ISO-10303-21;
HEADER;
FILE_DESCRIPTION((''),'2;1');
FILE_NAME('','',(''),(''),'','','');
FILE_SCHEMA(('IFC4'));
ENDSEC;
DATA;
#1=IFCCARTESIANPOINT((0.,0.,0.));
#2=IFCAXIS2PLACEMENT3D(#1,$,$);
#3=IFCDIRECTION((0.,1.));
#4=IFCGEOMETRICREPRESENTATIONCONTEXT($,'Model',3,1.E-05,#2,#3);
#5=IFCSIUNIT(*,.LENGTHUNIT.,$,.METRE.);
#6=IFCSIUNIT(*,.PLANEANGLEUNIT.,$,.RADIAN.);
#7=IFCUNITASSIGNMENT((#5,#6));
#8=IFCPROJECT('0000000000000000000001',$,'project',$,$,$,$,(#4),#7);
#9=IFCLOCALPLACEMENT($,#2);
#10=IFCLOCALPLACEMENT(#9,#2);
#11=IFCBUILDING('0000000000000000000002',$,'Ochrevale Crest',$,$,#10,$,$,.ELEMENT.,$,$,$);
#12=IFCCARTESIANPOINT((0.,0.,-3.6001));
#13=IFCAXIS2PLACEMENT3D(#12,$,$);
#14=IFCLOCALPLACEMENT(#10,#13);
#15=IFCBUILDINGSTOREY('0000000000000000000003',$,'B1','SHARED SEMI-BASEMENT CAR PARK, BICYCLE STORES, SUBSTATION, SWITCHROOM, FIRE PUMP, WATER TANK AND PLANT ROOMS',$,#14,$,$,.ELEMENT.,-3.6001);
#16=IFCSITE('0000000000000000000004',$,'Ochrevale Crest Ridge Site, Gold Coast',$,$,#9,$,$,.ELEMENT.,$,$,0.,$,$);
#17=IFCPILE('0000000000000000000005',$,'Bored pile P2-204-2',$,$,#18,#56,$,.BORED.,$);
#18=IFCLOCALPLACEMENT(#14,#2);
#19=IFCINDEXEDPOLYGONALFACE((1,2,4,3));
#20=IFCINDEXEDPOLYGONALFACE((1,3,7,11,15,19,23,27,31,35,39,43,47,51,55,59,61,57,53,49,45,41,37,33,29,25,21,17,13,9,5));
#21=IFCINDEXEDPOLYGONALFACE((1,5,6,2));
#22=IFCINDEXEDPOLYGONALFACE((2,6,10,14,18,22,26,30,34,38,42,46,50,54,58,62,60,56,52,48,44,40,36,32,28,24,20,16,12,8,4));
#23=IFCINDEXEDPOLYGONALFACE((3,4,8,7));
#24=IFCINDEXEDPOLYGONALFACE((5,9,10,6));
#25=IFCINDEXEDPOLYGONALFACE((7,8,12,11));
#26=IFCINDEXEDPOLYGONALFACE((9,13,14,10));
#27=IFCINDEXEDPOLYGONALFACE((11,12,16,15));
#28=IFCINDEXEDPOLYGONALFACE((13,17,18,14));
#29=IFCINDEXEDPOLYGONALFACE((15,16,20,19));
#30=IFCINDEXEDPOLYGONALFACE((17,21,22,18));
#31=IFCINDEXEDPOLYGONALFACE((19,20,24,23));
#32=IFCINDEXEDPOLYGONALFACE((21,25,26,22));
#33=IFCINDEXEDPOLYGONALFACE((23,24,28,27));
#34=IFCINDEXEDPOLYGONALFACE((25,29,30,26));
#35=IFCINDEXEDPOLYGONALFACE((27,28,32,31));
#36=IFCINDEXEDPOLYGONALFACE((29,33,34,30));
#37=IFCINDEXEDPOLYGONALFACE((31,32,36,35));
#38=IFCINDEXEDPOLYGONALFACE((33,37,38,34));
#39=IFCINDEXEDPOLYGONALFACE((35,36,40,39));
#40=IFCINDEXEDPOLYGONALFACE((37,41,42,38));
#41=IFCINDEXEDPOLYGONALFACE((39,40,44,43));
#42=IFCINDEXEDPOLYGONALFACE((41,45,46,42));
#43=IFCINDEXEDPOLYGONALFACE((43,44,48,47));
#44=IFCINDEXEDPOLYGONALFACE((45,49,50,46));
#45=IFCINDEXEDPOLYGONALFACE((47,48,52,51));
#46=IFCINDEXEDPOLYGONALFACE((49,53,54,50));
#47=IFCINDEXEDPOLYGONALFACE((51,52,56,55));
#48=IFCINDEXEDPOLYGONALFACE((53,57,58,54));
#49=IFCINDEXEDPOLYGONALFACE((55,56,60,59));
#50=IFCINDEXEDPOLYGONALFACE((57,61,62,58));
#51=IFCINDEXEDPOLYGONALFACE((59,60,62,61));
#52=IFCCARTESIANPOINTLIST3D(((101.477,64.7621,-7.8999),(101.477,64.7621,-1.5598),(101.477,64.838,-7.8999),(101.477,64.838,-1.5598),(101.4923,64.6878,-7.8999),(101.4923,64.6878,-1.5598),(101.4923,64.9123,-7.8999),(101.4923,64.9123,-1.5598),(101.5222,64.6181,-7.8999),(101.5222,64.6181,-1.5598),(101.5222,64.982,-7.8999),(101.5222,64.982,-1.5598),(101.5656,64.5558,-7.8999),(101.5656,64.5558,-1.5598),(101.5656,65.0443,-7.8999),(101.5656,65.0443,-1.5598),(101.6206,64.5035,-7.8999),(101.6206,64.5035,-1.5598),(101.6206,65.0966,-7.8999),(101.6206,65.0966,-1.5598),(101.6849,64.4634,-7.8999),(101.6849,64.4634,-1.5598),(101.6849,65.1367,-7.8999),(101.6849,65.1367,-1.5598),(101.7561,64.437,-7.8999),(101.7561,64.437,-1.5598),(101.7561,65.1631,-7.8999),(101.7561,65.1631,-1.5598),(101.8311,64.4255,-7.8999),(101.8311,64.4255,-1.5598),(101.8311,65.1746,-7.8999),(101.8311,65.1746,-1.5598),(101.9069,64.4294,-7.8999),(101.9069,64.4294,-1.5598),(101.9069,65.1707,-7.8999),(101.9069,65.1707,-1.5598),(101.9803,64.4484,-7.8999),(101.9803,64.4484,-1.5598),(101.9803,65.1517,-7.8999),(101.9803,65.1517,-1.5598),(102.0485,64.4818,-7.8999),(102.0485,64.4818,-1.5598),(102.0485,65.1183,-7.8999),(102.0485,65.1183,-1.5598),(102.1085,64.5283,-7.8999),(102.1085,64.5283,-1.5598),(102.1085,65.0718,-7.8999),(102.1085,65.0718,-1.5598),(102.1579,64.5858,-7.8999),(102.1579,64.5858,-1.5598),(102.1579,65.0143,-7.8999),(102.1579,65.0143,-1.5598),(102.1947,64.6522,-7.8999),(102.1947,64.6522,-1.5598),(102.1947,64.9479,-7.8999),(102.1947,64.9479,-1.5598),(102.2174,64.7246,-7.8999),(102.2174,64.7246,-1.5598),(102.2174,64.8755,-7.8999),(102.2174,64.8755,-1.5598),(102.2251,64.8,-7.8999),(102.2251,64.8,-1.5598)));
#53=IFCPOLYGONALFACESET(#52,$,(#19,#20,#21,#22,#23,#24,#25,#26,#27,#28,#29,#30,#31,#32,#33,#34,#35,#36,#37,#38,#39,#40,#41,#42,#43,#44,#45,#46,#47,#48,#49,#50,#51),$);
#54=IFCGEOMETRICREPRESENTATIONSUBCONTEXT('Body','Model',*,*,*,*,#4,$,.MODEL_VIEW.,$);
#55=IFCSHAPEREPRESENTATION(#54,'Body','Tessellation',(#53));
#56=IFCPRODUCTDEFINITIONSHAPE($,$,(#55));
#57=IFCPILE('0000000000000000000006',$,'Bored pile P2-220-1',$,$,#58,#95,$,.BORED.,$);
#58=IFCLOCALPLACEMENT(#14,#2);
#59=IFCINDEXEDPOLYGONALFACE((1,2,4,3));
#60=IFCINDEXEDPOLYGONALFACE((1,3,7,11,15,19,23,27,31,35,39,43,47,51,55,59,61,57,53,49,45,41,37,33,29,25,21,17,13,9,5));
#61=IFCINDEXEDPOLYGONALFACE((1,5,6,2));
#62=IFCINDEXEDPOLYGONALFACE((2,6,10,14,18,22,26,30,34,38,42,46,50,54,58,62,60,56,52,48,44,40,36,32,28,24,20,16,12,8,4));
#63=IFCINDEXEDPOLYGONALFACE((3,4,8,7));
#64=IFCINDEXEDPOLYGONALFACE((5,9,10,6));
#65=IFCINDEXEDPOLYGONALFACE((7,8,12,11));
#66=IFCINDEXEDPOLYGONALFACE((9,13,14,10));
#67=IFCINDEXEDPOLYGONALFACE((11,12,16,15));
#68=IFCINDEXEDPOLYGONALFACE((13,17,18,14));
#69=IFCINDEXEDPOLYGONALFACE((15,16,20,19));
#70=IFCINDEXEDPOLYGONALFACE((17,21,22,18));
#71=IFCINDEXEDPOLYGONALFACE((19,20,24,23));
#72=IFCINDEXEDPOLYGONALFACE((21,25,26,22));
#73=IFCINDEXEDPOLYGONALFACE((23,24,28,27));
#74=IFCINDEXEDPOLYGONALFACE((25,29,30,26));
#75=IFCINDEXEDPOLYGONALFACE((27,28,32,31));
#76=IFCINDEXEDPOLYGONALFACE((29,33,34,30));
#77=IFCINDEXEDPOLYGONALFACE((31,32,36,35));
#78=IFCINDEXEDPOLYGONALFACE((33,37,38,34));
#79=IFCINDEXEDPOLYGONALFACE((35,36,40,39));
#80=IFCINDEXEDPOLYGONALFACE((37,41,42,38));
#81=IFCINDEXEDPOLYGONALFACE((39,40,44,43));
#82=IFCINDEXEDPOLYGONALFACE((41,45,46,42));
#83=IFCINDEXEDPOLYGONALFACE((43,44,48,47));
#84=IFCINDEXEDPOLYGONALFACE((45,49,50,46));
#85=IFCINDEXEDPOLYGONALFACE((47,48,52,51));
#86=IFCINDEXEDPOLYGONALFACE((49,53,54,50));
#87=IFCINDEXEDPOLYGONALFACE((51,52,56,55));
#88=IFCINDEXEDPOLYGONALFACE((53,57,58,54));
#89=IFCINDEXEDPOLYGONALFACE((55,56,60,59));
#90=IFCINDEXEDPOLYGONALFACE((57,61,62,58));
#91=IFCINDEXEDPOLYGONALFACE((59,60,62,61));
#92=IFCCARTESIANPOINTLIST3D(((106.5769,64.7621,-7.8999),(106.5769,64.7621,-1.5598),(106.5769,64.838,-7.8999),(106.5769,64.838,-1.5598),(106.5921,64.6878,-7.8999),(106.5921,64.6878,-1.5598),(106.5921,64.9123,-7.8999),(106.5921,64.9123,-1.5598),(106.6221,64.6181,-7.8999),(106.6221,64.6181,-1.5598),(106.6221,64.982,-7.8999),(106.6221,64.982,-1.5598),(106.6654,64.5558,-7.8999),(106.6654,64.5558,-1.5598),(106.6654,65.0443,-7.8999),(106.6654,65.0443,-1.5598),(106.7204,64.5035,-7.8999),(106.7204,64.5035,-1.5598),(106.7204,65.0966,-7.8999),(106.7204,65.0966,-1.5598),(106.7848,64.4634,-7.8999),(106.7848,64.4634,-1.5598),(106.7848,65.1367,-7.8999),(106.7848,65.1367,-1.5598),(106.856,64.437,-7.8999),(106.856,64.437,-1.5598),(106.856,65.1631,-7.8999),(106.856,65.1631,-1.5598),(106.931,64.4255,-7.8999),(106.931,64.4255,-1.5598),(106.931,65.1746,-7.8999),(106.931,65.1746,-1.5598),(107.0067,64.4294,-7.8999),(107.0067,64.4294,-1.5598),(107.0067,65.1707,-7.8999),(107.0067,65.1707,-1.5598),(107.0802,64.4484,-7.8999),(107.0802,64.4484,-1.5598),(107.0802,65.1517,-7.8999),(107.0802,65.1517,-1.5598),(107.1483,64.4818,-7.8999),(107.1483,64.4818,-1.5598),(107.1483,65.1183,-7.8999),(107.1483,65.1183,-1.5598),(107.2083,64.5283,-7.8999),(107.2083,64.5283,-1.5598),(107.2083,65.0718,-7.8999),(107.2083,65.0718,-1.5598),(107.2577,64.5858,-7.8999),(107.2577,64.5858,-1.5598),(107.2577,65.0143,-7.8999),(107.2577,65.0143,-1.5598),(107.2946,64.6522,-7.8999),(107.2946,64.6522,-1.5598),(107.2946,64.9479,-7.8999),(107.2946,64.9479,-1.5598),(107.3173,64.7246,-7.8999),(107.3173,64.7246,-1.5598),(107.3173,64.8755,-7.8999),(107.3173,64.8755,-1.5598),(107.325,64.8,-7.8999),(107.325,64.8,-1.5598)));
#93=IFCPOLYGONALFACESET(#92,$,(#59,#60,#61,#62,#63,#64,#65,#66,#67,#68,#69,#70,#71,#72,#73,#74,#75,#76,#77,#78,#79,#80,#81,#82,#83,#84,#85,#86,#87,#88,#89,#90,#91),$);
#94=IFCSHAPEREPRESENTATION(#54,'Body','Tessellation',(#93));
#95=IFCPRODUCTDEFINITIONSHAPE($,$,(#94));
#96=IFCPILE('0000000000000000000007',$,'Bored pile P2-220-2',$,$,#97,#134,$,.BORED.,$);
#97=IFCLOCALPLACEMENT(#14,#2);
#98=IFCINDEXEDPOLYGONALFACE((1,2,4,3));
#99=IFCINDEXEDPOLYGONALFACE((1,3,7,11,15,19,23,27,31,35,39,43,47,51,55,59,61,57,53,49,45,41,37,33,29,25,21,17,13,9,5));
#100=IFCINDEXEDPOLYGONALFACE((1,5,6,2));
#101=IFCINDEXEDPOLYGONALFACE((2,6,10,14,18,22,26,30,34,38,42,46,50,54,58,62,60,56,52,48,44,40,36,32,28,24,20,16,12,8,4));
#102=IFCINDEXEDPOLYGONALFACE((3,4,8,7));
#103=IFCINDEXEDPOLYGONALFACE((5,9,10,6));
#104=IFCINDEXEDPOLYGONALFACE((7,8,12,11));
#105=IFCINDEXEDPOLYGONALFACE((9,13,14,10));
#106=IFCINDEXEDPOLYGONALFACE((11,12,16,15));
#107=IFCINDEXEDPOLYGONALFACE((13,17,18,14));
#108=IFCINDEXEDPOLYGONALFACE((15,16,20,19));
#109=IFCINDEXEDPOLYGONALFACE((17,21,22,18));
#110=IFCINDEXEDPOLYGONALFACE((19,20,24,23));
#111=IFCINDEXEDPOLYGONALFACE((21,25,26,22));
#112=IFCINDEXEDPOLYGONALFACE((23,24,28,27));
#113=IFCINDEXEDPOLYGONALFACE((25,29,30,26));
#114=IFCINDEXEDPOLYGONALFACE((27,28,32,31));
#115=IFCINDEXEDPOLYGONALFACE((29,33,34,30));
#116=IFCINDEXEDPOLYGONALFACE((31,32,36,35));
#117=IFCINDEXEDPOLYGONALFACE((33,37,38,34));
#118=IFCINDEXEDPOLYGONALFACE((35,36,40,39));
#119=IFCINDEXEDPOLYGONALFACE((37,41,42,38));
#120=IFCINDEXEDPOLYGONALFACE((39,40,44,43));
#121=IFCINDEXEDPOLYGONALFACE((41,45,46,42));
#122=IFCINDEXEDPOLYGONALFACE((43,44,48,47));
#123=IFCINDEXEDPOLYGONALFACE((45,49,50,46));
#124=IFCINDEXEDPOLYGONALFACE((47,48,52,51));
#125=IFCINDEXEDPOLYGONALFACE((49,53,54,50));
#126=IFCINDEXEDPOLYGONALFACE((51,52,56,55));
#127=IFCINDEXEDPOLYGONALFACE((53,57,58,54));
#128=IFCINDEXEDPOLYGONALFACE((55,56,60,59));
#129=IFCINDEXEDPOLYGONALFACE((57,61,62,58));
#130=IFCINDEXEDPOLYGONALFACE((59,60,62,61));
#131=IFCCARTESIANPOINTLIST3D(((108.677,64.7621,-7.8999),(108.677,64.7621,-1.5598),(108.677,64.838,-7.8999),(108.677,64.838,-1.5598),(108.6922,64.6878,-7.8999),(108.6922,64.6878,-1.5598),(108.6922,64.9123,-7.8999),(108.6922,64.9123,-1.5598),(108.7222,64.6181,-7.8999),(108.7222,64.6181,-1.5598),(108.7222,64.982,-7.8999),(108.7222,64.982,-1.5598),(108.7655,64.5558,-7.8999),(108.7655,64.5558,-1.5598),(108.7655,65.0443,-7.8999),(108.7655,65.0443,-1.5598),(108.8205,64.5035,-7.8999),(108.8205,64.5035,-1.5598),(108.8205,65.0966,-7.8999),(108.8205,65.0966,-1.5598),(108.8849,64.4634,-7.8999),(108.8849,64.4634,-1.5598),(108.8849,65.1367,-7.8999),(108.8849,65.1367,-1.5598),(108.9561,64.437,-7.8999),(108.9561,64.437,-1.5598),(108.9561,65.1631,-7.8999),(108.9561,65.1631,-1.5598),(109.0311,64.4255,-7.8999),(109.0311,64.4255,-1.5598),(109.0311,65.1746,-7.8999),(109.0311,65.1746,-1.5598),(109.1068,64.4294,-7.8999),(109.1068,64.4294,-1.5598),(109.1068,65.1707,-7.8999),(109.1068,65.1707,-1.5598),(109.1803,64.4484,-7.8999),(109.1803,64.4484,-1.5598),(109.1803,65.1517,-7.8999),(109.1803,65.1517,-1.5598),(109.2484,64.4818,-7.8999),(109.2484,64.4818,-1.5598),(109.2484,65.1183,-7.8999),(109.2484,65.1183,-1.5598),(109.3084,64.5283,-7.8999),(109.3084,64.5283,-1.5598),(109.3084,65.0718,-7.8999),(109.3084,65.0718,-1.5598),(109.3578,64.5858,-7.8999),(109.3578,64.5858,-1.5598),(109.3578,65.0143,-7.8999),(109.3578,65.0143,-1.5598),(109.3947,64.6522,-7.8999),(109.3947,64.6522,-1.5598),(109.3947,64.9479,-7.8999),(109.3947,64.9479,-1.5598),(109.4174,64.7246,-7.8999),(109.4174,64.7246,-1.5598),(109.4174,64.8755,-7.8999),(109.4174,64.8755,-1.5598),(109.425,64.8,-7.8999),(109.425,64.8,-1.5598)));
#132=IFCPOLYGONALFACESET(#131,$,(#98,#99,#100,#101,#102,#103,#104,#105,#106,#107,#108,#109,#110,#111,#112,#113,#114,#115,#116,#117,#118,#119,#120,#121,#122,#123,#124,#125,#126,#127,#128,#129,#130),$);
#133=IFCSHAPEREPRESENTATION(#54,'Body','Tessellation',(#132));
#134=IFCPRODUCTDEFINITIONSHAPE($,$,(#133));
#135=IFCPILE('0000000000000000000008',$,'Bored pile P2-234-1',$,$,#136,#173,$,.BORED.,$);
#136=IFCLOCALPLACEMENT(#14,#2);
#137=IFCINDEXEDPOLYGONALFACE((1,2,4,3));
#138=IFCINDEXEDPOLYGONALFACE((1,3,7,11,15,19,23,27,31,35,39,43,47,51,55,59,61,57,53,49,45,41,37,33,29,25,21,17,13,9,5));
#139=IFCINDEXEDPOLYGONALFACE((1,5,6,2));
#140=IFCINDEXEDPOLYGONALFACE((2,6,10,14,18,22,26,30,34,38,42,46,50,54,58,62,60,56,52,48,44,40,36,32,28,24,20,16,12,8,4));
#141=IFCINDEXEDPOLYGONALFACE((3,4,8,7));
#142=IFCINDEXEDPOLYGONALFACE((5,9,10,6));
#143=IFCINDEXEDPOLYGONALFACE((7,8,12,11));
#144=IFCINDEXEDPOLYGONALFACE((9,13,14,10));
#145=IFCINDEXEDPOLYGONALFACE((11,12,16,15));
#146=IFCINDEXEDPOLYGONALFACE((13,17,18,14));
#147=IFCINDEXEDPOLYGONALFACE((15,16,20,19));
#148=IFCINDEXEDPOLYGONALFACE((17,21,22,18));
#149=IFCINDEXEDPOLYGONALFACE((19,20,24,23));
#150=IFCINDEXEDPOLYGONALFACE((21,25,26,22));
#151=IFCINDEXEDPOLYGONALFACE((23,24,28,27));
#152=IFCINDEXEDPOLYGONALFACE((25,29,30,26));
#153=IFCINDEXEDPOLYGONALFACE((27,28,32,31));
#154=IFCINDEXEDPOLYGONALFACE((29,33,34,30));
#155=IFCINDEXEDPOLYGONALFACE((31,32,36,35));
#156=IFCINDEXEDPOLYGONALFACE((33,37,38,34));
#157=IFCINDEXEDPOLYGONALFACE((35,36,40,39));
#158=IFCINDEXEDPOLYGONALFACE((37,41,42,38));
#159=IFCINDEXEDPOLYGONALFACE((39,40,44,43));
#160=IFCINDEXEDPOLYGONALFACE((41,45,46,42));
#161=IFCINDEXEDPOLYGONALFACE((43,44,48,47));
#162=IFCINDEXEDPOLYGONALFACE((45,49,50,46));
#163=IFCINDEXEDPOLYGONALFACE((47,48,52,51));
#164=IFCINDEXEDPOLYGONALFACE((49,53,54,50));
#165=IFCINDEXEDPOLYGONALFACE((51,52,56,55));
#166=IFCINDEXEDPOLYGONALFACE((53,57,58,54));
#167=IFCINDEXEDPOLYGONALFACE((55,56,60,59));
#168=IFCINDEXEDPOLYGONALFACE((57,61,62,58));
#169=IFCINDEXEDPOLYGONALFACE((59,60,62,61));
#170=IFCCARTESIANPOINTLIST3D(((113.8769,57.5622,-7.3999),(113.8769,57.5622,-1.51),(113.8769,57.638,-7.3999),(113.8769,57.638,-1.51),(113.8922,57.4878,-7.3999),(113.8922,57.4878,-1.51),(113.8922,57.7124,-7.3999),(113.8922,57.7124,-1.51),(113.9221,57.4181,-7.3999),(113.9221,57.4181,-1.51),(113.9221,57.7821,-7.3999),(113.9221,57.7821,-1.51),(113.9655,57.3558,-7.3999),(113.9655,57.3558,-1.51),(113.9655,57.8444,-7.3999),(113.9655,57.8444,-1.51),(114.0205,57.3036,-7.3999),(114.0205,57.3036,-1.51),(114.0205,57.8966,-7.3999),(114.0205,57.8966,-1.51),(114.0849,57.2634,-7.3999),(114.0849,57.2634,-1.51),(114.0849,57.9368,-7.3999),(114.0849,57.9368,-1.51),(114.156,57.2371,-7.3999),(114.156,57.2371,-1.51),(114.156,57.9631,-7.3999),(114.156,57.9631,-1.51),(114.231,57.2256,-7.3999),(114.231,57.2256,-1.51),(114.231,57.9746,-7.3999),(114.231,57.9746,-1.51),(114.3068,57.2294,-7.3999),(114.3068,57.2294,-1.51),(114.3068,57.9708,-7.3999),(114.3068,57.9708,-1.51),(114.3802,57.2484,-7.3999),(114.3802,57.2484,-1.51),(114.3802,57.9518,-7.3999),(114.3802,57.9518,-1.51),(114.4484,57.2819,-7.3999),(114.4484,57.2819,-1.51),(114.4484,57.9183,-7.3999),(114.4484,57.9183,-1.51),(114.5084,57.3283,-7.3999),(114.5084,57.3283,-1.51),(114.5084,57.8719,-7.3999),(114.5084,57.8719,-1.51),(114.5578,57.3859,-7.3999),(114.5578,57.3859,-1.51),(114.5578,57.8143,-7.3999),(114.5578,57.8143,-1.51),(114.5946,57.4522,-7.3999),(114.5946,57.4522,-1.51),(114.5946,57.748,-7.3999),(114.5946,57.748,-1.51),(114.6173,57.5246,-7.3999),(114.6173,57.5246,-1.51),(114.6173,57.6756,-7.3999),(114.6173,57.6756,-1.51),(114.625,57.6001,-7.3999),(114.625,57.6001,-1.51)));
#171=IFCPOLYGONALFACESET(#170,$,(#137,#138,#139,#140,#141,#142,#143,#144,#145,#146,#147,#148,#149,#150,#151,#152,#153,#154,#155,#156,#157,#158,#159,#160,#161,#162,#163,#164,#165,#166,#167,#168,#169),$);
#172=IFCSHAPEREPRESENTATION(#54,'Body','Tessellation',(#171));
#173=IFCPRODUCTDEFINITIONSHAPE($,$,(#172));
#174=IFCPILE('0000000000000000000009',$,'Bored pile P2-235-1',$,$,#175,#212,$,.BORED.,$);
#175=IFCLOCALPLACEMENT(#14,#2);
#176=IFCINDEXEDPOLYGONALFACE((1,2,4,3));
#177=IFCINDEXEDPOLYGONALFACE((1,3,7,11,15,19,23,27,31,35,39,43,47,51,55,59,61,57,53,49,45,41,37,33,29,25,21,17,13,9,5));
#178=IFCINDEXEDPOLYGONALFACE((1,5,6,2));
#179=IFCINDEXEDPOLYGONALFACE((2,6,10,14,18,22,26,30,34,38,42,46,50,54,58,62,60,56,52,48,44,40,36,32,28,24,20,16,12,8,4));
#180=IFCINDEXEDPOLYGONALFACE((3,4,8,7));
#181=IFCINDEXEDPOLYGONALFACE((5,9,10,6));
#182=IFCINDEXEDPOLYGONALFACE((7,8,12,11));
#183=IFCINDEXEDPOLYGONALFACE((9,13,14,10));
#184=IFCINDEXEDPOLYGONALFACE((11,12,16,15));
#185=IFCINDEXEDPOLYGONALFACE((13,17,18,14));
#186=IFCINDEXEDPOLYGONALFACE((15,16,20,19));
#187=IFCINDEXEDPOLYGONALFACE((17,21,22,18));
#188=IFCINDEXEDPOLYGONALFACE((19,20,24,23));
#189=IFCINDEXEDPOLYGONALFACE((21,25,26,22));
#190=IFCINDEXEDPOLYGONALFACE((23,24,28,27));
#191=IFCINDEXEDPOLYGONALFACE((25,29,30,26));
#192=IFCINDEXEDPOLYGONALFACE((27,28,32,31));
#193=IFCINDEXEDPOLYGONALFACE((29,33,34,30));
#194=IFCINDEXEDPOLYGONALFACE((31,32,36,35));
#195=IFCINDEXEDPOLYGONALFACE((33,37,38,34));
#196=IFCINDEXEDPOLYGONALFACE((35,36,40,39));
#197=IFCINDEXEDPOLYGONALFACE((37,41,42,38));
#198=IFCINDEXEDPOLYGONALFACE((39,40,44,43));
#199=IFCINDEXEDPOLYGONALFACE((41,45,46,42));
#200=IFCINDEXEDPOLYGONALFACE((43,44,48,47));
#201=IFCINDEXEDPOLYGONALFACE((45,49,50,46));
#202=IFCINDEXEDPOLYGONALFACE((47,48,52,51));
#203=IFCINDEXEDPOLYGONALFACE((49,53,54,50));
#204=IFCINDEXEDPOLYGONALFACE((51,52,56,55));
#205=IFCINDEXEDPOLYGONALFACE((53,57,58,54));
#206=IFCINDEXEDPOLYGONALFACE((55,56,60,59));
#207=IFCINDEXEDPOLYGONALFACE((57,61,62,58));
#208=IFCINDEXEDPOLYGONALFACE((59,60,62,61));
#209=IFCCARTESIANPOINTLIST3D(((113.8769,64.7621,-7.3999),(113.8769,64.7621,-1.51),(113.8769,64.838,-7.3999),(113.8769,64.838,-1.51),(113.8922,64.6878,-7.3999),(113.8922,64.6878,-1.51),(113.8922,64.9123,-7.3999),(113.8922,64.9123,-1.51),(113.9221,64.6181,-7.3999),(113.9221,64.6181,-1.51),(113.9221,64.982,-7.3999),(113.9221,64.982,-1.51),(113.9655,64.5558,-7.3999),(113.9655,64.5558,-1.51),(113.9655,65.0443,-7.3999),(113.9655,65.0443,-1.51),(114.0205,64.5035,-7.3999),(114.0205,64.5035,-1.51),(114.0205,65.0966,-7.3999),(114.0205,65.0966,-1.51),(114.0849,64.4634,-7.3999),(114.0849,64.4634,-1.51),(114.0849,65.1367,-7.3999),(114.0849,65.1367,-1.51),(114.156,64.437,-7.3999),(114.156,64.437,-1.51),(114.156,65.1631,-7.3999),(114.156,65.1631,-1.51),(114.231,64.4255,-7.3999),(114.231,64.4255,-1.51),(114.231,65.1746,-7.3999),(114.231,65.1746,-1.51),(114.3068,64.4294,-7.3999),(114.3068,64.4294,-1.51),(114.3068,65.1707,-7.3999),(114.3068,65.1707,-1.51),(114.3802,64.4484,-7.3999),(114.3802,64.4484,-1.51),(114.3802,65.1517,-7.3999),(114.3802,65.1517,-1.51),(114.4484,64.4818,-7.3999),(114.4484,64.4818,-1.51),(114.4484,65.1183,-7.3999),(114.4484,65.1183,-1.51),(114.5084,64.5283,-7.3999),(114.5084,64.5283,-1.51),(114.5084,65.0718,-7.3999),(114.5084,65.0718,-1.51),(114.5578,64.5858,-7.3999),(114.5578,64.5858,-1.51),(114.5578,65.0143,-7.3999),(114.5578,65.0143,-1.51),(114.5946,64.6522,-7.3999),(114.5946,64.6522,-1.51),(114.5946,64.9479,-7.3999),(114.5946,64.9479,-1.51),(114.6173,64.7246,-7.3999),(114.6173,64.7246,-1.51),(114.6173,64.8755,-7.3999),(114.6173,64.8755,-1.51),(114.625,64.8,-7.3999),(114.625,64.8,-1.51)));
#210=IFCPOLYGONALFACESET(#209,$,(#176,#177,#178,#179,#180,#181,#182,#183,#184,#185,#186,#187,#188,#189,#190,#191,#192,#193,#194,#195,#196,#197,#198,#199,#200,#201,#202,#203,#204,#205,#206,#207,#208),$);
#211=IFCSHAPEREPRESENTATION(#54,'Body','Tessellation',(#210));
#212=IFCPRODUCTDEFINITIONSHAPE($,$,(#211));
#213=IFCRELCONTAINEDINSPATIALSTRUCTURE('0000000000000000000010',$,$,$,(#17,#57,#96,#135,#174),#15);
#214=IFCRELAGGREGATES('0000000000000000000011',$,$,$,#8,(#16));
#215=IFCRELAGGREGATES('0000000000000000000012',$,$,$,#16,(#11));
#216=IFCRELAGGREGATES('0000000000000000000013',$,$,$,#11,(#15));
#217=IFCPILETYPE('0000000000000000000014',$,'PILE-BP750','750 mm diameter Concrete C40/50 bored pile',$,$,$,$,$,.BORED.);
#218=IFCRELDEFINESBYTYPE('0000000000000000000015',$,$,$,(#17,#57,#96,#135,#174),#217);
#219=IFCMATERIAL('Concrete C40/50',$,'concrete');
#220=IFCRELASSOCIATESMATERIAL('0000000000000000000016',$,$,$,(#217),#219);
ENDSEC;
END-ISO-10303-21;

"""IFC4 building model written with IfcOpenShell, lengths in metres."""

from ifc_helpers import new_model, si_unit, direction, frame, origin, origin_2d, place, context, subcontext, project, spatial, circle, extrude, material, material_profile, profile_set, type_object, element, save


model = new_model("IFC4")

# Units and contexts
model_context = context("Model", 3, precision=1e-05, world=origin(), true_north=direction((0.0, 1.0)))
body_context = subcontext(model_context, "Body", "Model", "MODEL_VIEW")
ifc_project = project(units=[si_unit("LENGTHUNIT", "METRE"), si_unit("PLANEANGLEUNIT", "RADIAN")], contexts=[model_context])

# Site, building, storey
site_placement = place(None, origin())
site = spatial("IfcSite", under=ifc_project, at=site_placement, Name="Ochrevale Crest Ridge Site, Gold Coast", CompositionType="ELEMENT", RefElevation=0.0)
building_placement = place(site_placement, origin())
building = spatial("IfcBuilding", under=site, at=building_placement, Name="Ochrevale Crest", CompositionType="ELEMENT")
storey_placement = place(building_placement, frame((0.0, 0.0, -3.6001)))
storey = spatial("IfcBuildingStorey", under=building, at=storey_placement, Name="B1", Description="SHARED SEMI-BASEMENT CAR PARK, BICYCLE STORES, SUBSTATION, SWITCHROOM, FIRE PUMP, WATER TANK AND PLANT ROOMS", CompositionType="ELEMENT", Elevation=-3.6001)

# Shared definitions
ifc_material_1 = material(Name="Concrete C40/50", Category="concrete")

# Piles
ifc_material_profile_1 = material_profile(ifc_material_1, circle(Radius=0.375, at=origin_2d()), Name="BORED PILE 750")
ifc_profile_set_1 = profile_set([ifc_material_profile_1], Name="Concrete C40/50")
pile_type_1 = type_object("IfcPileType", Name="PILE-BP750", Description="750 mm diameter Concrete C40/50 bored pile", PredefinedType="BORED", material=ifc_profile_set_1)
for number, where, z_axis, x_axis, name in (
    (1, (101.8501, 64.8, -1.5598), (0.0, 0.0, -1.0), (1.0, 0.0, 0.0), "Bored pile P2-204-2"),
    (2, (106.95, 64.8, -1.5598), (0.0, 0.0, -1.0), (1.0, 0.0, 0.0), "Bored pile P2-220-1"),
    (3, (109.05, 64.8, -1.5598), (0.0, 0.0, -1.0), (1.0, 0.0, 0.0), "Bored pile P2-220-2"),
):
    element("IfcPile", number, at=place(storey_placement, frame(where, z_axis=z_axis, x_axis=x_axis)), inside=storey, type_object=pile_type_1, Name=name, PredefinedType="BORED", context=body_context, shape_type="SweptSolid", body=[
        extrude(circle(Radius=0.375, at=origin_2d()), origin(), (0.0, 0.0, 1.0), 6.3401),
    ])
for number, where, z_axis, x_axis, name in (
    (4, (114.25, 57.6001, -1.51), (0.0, 0.0, -1.0), (1.0, 0.0, 0.0), "Bored pile P2-234-1"),
    (5, (114.25, 64.8, -1.51), (0.0, 0.0, -1.0), (1.0, 0.0, 0.0), "Bored pile P2-235-1"),
):
    element("IfcPile", number, at=place(storey_placement, frame(where, z_axis=z_axis, x_axis=x_axis)), inside=storey, type_object=pile_type_1, Name=name, PredefinedType="BORED", context=body_context, shape_type="SweptSolid", body=[
        extrude(circle(Radius=0.375, at=origin_2d()), origin(), (0.0, 0.0, 1.0), 5.8899),
    ])

save(model, "model.ifc")
